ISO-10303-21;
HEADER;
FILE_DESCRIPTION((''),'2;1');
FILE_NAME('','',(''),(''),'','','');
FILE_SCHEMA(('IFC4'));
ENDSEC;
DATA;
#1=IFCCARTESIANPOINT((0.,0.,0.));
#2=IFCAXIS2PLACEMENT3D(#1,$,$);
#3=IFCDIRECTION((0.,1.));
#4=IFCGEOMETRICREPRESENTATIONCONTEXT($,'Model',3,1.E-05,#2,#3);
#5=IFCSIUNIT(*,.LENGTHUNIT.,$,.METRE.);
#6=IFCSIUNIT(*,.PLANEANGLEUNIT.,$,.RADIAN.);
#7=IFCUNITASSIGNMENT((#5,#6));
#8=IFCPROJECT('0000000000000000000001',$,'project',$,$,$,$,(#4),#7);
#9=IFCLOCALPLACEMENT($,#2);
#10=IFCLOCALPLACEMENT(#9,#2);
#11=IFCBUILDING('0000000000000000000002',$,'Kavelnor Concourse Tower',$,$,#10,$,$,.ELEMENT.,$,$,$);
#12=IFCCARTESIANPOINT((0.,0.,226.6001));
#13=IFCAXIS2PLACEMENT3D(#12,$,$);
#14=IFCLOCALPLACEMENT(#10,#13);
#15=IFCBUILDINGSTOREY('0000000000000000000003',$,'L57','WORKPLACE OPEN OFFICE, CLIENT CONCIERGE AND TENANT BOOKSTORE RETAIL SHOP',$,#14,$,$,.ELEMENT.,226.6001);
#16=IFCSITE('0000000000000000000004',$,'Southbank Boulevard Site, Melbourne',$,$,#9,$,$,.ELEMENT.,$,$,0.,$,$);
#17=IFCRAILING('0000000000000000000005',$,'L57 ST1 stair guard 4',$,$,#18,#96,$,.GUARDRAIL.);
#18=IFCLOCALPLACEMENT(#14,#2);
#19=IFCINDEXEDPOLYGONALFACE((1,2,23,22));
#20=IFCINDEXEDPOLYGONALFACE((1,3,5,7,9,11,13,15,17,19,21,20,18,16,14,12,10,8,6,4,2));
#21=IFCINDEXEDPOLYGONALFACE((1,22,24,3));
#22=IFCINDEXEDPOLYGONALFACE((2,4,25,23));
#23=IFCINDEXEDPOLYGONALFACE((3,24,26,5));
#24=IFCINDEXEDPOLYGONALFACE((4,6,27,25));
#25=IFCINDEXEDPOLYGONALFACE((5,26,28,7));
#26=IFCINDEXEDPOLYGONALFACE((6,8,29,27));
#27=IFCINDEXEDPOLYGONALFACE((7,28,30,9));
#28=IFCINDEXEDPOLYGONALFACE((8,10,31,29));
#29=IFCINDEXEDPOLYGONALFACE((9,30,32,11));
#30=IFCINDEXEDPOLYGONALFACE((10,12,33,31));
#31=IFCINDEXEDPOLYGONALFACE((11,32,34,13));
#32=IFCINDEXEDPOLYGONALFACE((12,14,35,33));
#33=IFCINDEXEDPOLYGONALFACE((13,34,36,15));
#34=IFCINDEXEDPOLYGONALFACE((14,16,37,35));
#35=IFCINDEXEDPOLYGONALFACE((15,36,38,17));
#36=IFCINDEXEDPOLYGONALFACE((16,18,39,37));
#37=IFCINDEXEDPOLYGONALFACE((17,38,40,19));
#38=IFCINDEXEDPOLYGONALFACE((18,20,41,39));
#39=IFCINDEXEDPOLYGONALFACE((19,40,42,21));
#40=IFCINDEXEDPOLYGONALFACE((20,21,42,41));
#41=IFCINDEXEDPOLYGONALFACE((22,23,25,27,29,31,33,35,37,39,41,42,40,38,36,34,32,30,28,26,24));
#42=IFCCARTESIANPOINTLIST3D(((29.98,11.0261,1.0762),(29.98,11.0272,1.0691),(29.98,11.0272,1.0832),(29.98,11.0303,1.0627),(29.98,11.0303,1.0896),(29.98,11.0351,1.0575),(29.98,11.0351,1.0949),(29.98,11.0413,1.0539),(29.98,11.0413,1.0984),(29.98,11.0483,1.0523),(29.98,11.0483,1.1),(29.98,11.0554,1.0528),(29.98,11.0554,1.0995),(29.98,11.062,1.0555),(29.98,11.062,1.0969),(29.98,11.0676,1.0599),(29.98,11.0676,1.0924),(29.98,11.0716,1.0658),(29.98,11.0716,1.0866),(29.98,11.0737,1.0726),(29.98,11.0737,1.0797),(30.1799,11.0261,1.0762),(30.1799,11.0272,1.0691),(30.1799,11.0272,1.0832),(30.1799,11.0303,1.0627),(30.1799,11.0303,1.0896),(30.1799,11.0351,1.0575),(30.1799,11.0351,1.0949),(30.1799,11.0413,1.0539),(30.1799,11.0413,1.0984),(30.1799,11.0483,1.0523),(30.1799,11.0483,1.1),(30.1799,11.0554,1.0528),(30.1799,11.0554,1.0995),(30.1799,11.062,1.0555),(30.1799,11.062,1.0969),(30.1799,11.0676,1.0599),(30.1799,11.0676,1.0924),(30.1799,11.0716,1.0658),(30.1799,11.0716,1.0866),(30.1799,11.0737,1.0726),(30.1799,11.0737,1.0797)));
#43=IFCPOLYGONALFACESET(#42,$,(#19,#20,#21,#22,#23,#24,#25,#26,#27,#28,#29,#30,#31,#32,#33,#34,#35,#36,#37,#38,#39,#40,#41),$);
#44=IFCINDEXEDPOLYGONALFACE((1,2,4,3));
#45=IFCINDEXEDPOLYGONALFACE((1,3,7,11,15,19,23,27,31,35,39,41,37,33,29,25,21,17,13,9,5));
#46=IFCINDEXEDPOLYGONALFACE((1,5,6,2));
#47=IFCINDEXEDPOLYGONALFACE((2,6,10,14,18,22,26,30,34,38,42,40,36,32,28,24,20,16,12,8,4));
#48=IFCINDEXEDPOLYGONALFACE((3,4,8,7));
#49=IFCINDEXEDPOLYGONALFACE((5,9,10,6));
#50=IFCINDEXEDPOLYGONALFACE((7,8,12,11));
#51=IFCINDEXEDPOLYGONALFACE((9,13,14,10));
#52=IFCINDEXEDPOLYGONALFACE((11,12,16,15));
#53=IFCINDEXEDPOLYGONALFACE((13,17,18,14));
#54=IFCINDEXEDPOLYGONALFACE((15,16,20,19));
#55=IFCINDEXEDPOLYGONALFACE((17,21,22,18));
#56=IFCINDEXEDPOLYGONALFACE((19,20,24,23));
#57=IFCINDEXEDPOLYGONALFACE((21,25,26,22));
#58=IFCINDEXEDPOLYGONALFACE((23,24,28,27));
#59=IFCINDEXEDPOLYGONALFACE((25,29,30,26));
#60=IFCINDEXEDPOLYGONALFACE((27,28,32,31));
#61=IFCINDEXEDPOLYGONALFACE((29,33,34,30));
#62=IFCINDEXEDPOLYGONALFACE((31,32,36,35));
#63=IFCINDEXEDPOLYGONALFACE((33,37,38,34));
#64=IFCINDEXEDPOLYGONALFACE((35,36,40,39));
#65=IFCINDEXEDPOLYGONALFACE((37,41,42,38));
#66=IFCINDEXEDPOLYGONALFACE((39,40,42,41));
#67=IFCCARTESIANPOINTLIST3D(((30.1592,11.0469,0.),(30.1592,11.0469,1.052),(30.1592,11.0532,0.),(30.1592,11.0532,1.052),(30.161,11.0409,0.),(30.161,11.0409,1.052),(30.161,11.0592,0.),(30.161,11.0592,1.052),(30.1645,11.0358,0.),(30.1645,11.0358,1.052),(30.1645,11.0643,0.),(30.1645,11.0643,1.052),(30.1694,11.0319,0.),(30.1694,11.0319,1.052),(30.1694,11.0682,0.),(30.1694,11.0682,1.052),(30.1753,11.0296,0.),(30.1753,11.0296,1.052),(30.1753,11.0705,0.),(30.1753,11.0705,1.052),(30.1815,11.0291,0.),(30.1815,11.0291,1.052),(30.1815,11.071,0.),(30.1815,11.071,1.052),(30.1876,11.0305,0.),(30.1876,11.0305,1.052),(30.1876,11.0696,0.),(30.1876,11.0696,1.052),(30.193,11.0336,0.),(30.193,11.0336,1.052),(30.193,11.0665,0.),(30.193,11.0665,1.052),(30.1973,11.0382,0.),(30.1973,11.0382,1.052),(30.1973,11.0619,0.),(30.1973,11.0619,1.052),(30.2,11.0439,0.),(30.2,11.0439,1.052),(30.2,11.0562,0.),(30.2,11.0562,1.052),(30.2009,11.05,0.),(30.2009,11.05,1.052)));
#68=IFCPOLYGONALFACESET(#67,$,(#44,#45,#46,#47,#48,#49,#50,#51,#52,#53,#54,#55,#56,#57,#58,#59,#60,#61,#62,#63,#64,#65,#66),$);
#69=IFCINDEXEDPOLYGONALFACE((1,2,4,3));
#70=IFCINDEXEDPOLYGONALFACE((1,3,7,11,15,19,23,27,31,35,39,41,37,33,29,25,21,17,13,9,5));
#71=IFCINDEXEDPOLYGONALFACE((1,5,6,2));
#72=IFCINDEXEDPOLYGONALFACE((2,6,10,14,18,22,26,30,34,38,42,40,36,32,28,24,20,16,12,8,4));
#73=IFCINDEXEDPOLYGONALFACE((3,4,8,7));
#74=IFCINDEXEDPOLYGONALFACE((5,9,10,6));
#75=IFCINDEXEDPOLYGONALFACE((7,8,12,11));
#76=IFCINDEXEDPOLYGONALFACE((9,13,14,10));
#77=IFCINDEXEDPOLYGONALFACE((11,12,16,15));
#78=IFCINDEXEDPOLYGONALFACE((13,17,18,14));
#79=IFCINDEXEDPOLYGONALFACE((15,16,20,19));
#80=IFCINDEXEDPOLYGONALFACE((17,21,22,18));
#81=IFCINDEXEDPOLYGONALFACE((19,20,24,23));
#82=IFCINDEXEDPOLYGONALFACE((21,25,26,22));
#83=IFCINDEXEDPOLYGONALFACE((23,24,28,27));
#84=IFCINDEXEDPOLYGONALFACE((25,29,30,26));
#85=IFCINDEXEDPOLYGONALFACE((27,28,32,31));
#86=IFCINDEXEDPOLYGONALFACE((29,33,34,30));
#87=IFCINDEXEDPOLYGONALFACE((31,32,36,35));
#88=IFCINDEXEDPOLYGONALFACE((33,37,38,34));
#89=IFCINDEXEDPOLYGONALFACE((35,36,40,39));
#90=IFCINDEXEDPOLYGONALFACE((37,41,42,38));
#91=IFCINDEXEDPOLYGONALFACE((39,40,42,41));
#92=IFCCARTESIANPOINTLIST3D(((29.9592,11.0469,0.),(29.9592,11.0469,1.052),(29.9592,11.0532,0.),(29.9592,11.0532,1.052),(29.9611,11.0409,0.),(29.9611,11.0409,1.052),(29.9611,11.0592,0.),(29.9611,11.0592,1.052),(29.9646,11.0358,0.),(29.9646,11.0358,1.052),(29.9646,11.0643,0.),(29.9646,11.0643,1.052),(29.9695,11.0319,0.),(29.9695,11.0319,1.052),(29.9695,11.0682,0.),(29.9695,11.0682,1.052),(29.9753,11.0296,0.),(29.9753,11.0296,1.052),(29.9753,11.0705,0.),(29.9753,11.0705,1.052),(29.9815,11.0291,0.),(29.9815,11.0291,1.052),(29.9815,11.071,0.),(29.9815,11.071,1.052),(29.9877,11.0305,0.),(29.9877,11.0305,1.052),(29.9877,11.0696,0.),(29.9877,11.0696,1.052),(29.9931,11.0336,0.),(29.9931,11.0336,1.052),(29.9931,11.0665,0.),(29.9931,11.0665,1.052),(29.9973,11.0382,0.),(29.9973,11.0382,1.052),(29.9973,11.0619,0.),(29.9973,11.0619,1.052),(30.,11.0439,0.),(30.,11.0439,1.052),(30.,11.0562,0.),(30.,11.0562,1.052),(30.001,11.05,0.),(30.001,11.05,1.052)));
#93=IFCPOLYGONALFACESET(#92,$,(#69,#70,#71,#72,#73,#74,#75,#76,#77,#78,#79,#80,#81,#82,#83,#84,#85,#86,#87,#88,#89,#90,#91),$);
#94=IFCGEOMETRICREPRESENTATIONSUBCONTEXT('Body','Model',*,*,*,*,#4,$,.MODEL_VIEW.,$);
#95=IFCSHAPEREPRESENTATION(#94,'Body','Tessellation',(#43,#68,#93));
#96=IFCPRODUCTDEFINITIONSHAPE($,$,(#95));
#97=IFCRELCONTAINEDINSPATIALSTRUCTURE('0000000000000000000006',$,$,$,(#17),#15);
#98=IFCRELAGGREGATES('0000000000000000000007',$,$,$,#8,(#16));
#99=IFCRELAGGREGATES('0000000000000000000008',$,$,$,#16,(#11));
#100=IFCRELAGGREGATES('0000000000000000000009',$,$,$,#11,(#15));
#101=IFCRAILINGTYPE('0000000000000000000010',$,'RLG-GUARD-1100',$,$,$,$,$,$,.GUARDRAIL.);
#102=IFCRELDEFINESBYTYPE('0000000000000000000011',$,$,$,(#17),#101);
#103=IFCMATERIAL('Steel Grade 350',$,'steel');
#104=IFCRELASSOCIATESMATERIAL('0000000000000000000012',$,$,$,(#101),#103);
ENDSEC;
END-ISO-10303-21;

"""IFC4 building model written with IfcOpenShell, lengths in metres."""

from ifc_helpers import new_model, si_unit, direction, frame, origin, origin_2d, place, context, subcontext, project, spatial, circle, extrude, material, type_object, element, save


model = new_model("IFC4")

# Units and contexts
model_context = context("Model", 3, precision=1e-05, world=origin(), true_north=direction((0.0, 1.0)))
body_context = subcontext(model_context, "Body", "Model", "MODEL_VIEW")
ifc_project = project(units=[si_unit("LENGTHUNIT", "METRE"), si_unit("PLANEANGLEUNIT", "RADIAN")], contexts=[model_context])

# Site, building, storey
site_placement = place(None, origin())
site = spatial("IfcSite", under=ifc_project, at=site_placement, Name="Southbank Boulevard Site, Melbourne", CompositionType="ELEMENT", RefElevation=0.0)
building_placement = place(site_placement, origin())
building = spatial("IfcBuilding", under=site, at=building_placement, Name="Kavelnor Concourse Tower", CompositionType="ELEMENT")
storey_placement = place(building_placement, frame((0.0, 0.0, 226.6001)))
storey = spatial("IfcBuildingStorey", under=building, at=storey_placement, Name="L57", Description="WORKPLACE OPEN OFFICE, CLIENT CONCIERGE AND TENANT BOOKSTORE RETAIL SHOP", CompositionType="ELEMENT", Elevation=226.6001)

# Shared definitions
ifc_material_1 = material(Name="Steel Grade 350", Category="steel")

# Railing
railing_type_1 = type_object("IfcRailingType", Name="RLG-GUARD-1100", PredefinedType="GUARDRAIL", material=ifc_material_1)
railing_1_placement = place(storey_placement, frame((30.1799, 11.05, 0.0)))
element("IfcRailing", 1, at=railing_1_placement, inside=storey, type_object=railing_type_1, Name="L57 ST1 stair guard 4", PredefinedType="GUARDRAIL", context=body_context, shape_type="SweptSolid", body=[
    extrude(circle(Radius=0.0239, at=origin_2d()), frame((0.0, 0.0, 1.0762), z_axis=(-1.0, 0.0, 0.0), x_axis=(0.0, -1.0, 0.0)), (0.0, 0.0, 1.0), 0.2),
    extrude(circle(Radius=0.021, at=origin_2d()), origin(), (0.0, 0.0, 1.0), 1.052),
    extrude(circle(Radius=0.021, at=origin_2d()), frame((-0.2, 0.0, 0.0)), (0.0, 0.0, 1.0), 1.052),
])

save(model, "model.ifc")
